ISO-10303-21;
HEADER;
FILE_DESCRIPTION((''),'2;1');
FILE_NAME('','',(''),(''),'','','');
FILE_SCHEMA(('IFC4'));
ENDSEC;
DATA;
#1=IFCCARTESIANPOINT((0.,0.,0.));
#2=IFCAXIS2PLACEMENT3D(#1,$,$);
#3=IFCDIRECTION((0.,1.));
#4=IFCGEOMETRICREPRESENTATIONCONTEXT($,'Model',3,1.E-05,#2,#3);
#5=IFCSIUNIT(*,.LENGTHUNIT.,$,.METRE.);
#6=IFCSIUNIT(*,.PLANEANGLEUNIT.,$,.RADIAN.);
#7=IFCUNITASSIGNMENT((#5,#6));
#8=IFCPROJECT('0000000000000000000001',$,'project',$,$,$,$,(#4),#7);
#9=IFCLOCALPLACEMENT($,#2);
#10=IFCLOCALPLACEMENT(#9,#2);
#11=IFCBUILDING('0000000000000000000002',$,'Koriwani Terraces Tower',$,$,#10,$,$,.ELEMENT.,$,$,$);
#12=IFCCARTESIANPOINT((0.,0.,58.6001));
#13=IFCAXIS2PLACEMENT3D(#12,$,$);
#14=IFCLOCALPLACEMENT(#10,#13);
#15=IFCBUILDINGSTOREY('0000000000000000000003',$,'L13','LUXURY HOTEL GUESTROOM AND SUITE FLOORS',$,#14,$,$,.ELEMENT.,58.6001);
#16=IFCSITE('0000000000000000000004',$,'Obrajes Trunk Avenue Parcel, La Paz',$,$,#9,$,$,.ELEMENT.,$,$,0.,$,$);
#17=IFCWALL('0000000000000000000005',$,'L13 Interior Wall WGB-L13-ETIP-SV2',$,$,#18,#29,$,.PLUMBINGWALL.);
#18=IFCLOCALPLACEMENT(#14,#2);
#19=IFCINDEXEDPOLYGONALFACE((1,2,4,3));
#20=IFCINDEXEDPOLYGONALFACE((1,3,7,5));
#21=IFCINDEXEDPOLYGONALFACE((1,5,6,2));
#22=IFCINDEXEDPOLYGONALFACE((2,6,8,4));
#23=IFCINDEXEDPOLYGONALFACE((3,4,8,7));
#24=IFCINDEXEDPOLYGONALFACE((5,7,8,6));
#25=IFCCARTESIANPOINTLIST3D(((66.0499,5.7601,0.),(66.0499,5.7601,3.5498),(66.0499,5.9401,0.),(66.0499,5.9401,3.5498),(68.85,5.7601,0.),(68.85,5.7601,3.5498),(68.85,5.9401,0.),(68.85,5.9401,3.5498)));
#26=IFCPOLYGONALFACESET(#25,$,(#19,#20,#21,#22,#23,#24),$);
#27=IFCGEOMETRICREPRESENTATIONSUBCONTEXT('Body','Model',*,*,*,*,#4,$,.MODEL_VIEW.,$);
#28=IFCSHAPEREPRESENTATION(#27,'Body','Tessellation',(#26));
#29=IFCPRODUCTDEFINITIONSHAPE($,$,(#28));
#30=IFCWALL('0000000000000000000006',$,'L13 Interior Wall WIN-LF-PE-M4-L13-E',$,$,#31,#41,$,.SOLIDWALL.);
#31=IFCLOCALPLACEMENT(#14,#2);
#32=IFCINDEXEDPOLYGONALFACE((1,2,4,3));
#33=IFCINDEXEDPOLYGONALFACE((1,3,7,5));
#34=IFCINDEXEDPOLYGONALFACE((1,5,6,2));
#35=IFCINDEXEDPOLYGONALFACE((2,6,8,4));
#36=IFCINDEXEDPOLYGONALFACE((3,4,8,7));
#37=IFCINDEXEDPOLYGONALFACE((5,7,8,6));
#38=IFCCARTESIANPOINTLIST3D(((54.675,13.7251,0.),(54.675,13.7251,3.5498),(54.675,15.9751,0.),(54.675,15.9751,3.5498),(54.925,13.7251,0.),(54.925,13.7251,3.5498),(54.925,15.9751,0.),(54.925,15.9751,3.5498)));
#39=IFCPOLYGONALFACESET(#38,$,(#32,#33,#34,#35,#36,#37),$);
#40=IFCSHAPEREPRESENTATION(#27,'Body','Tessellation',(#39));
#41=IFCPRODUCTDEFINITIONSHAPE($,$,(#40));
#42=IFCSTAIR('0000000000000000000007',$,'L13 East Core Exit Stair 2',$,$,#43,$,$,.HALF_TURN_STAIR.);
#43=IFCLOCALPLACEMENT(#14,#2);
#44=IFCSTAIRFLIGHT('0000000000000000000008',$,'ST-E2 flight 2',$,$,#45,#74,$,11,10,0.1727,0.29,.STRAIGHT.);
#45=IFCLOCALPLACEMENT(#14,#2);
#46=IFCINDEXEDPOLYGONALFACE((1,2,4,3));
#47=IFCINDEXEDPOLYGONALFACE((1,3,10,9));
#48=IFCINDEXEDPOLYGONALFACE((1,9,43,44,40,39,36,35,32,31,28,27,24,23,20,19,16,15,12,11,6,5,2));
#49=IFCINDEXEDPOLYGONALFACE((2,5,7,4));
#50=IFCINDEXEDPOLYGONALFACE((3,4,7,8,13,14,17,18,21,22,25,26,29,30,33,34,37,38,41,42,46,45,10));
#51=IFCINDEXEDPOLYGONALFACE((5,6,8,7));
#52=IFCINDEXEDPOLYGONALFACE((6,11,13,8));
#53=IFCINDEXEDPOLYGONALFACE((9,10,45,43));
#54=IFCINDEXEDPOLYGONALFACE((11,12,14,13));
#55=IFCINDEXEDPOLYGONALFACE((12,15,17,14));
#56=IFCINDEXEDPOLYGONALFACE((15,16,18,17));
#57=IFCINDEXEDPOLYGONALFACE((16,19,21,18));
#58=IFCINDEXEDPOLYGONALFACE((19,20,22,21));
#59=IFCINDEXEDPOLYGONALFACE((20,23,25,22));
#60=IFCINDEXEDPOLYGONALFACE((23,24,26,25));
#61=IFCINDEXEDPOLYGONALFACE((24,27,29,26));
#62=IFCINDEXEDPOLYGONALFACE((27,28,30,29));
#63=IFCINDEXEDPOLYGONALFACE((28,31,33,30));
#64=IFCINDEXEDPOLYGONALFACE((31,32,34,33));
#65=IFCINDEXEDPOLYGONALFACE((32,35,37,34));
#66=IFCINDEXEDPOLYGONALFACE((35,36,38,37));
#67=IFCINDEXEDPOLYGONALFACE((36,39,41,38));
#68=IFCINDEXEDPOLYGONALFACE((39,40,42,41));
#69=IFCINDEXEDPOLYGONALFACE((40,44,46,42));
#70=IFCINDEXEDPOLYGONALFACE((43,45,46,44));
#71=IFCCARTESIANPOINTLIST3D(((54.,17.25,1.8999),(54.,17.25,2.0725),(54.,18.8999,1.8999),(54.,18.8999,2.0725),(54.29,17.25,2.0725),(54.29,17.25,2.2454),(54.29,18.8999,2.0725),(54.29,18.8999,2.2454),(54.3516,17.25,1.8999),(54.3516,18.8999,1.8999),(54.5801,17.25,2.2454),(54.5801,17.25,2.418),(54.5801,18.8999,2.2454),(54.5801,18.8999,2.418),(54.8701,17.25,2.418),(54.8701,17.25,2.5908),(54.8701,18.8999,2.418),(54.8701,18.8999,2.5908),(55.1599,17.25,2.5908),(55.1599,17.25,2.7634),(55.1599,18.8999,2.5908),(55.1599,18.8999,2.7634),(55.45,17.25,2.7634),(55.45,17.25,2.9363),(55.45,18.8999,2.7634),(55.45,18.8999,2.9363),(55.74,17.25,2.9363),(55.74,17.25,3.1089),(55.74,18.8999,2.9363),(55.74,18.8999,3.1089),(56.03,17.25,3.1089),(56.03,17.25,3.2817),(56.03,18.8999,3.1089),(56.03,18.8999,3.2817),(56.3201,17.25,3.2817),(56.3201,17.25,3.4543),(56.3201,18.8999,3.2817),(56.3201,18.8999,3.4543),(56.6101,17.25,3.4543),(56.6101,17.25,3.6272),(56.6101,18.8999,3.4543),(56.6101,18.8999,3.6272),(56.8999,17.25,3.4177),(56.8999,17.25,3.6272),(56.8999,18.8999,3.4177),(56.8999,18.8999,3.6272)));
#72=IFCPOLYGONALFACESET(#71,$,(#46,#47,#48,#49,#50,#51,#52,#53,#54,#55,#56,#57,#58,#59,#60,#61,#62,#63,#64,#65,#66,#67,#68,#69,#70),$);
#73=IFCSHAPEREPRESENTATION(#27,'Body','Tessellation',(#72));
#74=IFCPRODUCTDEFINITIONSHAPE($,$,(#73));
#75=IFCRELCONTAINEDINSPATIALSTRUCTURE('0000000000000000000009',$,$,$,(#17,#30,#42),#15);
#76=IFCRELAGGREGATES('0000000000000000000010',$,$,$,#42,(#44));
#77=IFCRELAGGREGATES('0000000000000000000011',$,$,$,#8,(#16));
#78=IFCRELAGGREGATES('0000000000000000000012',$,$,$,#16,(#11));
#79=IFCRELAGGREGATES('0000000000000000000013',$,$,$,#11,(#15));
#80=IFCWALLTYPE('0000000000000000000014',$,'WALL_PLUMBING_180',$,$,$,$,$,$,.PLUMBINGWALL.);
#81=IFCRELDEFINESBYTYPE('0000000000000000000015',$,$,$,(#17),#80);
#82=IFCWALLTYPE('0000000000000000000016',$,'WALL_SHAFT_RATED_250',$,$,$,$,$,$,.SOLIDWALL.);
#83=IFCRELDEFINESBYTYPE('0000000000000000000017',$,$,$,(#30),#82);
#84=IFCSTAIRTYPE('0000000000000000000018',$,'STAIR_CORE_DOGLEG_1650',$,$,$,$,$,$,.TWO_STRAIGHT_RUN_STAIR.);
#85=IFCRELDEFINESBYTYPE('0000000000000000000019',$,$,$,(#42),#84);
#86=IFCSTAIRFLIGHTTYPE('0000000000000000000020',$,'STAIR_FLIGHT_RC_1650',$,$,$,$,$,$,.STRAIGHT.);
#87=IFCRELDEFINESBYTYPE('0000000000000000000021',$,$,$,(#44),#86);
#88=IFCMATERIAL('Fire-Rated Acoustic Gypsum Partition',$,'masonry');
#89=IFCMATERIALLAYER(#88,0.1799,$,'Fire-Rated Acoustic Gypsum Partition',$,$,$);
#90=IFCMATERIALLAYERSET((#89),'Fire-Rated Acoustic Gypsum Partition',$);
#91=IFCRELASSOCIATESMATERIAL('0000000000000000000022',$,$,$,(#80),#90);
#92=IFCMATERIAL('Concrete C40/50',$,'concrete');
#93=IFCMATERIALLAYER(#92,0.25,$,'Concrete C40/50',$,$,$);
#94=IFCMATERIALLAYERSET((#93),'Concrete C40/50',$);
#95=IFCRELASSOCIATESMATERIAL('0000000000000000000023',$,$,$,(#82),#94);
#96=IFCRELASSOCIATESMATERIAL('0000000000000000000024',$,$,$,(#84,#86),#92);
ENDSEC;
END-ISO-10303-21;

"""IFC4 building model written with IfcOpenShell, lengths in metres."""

from ifc_helpers import new_model, si_unit, direction, frame, frame_2d, origin, place, context, subcontext, project, spatial, polyline, rectangle, outline, extrude, material, layer, layer_set, type_object, element, aggregate, save


model = new_model("IFC4")

# Units and contexts
model_context = context("Model", 3, precision=1e-05, world=origin(), true_north=direction((0.0, 1.0)))
body_context = subcontext(model_context, "Body", "Model", "MODEL_VIEW")
ifc_project = project(units=[si_unit("LENGTHUNIT", "METRE"), si_unit("PLANEANGLEUNIT", "RADIAN")], contexts=[model_context])

# Site, building, storey
site_placement = place(None, origin())
site = spatial("IfcSite", under=ifc_project, at=site_placement, Name="Obrajes Trunk Avenue Parcel, La Paz", CompositionType="ELEMENT", RefElevation=0.0)
building_placement = place(site_placement, origin())
building = spatial("IfcBuilding", under=site, at=building_placement, Name="Koriwani Terraces Tower", CompositionType="ELEMENT")
storey_placement = place(building_placement, frame((0.0, 0.0, 58.6001)))
storey = spatial("IfcBuildingStorey", under=building, at=storey_placement, Name="L13", Description="LUXURY HOTEL GUESTROOM AND SUITE FLOORS", CompositionType="ELEMENT", Elevation=58.6001)

# Shared definitions
ifc_material_1 = material(Name="Concrete C40/50", Category="concrete")

# Shared definitions
ifc_material_2 = material(Name="Fire-Rated Acoustic Gypsum Partition", Category="masonry")
ifc_layer_1 = layer(ifc_material_2, 0.1799, Name="Fire-Rated Acoustic Gypsum Partition")
ifc_layer_set_1 = layer_set([ifc_layer_1], Name="Fire-Rated Acoustic Gypsum Partition")
wall_type_1 = type_object("IfcWallType", Name="WALL_PLUMBING_180", PredefinedType="PLUMBINGWALL", material=ifc_layer_set_1)

# Wall
wall_1_placement = place(storey_placement, frame((66.05, 5.8501, 0.0), z_axis=(0.0, 0.0, 1.0), x_axis=(1.0, 0.0, 0.0)))
element("IfcWall", 1, at=wall_1_placement, inside=storey, type_object=wall_type_1, Name="L13 Interior Wall WGB-L13-ETIP-SV2", PredefinedType="PLUMBINGWALL", context=body_context, shape_type="SweptSolid", body=[
    extrude(rectangle(XDim=2.8, YDim=0.1799, at=frame_2d((1.3999, 0.0))), origin(), (0.0, 0.0, 1.0), 3.5498),
])

# Shared definitions
ifc_layer_2 = layer(ifc_material_1, 0.25, Name="Concrete C40/50")
ifc_layer_set_2 = layer_set([ifc_layer_2], Name="Concrete C40/50")
wall_type_2 = type_object("IfcWallType", Name="WALL_SHAFT_RATED_250", PredefinedType="SOLIDWALL", material=ifc_layer_set_2)

# Wall
wall_2_placement = place(storey_placement, frame((54.8, 13.7251, 0.0), z_axis=(0.0, 0.0, 1.0), x_axis=(0.0, 1.0, 0.0)))
element("IfcWall", 2, at=wall_2_placement, inside=storey, type_object=wall_type_2, Name="L13 Interior Wall WIN-LF-PE-M4-L13-E", PredefinedType="SOLIDWALL", context=body_context, shape_type="SweptSolid", body=[
    extrude(rectangle(XDim=2.25, YDim=0.25, at=frame_2d((1.125, 0.0))), origin(), (0.0, 0.0, 1.0), 3.5498),
])

# Stair, stair flight
stair_type = type_object("IfcStairType", Name="STAIR_CORE_DOGLEG_1650", PredefinedType="TWO_STRAIGHT_RUN_STAIR", material=ifc_material_1)
stair_placement = place(storey_placement, origin())
stair = element("IfcStair", 3, at=stair_placement, inside=storey, type_object=stair_type, Name="L13 East Core Exit Stair 2", PredefinedType="HALF_TURN_STAIR")
stair_flight_type = type_object("IfcStairFlightType", Name="STAIR_FLIGHT_RC_1650", PredefinedType="STRAIGHT", material=ifc_material_1)
stair_flight_placement = place(storey_placement, frame((54.0, 18.075, 1.8999), z_axis=(0.0, 0.0, 1.0), x_axis=(1.0, 0.0, 0.0)))
stair_flight = element("IfcStairFlight", 4, at=stair_flight_placement, type_object=stair_flight_type, Name="ST-E2 flight 2", NumberOfRisers=11, NumberOfTreads=10, PredefinedType="STRAIGHT", RiserHeight=0.1727, TreadLength=0.29, context=body_context, shape_type="SweptSolid", body=[
    extrude(outline(polyline([(0.0, 0.0), (0.0, 0.1726), (0.29, 0.1726), (0.29, 0.3455), (0.5801, 0.3455), (0.5801, 0.5181), (0.8701, 0.5181), (0.8701, 0.6909), (1.1599, 0.6909), (1.1599, 0.8635), (1.45, 0.8635), (1.45, 1.0364), (1.74, 1.0364), (1.74, 1.209), (2.03, 1.209), (2.03, 1.3818), (2.3201, 1.3818), (2.3201, 1.5544), (2.6101, 1.5544), (2.6101, 1.7273), (2.8999, 1.7273), (2.8999, 1.8999), (2.8999, 1.5178), (0.3516, 0.0), (0.0, 0.0)])), frame((0.0, 0.825, 0.0), z_axis=(0.0, -1.0, 0.0), x_axis=(1.0, 0.0, 0.0)), (0.0, 0.0, 1.0), 1.6499),
])
aggregate(stair, [stair_flight])

save(model, "model.ifc")
